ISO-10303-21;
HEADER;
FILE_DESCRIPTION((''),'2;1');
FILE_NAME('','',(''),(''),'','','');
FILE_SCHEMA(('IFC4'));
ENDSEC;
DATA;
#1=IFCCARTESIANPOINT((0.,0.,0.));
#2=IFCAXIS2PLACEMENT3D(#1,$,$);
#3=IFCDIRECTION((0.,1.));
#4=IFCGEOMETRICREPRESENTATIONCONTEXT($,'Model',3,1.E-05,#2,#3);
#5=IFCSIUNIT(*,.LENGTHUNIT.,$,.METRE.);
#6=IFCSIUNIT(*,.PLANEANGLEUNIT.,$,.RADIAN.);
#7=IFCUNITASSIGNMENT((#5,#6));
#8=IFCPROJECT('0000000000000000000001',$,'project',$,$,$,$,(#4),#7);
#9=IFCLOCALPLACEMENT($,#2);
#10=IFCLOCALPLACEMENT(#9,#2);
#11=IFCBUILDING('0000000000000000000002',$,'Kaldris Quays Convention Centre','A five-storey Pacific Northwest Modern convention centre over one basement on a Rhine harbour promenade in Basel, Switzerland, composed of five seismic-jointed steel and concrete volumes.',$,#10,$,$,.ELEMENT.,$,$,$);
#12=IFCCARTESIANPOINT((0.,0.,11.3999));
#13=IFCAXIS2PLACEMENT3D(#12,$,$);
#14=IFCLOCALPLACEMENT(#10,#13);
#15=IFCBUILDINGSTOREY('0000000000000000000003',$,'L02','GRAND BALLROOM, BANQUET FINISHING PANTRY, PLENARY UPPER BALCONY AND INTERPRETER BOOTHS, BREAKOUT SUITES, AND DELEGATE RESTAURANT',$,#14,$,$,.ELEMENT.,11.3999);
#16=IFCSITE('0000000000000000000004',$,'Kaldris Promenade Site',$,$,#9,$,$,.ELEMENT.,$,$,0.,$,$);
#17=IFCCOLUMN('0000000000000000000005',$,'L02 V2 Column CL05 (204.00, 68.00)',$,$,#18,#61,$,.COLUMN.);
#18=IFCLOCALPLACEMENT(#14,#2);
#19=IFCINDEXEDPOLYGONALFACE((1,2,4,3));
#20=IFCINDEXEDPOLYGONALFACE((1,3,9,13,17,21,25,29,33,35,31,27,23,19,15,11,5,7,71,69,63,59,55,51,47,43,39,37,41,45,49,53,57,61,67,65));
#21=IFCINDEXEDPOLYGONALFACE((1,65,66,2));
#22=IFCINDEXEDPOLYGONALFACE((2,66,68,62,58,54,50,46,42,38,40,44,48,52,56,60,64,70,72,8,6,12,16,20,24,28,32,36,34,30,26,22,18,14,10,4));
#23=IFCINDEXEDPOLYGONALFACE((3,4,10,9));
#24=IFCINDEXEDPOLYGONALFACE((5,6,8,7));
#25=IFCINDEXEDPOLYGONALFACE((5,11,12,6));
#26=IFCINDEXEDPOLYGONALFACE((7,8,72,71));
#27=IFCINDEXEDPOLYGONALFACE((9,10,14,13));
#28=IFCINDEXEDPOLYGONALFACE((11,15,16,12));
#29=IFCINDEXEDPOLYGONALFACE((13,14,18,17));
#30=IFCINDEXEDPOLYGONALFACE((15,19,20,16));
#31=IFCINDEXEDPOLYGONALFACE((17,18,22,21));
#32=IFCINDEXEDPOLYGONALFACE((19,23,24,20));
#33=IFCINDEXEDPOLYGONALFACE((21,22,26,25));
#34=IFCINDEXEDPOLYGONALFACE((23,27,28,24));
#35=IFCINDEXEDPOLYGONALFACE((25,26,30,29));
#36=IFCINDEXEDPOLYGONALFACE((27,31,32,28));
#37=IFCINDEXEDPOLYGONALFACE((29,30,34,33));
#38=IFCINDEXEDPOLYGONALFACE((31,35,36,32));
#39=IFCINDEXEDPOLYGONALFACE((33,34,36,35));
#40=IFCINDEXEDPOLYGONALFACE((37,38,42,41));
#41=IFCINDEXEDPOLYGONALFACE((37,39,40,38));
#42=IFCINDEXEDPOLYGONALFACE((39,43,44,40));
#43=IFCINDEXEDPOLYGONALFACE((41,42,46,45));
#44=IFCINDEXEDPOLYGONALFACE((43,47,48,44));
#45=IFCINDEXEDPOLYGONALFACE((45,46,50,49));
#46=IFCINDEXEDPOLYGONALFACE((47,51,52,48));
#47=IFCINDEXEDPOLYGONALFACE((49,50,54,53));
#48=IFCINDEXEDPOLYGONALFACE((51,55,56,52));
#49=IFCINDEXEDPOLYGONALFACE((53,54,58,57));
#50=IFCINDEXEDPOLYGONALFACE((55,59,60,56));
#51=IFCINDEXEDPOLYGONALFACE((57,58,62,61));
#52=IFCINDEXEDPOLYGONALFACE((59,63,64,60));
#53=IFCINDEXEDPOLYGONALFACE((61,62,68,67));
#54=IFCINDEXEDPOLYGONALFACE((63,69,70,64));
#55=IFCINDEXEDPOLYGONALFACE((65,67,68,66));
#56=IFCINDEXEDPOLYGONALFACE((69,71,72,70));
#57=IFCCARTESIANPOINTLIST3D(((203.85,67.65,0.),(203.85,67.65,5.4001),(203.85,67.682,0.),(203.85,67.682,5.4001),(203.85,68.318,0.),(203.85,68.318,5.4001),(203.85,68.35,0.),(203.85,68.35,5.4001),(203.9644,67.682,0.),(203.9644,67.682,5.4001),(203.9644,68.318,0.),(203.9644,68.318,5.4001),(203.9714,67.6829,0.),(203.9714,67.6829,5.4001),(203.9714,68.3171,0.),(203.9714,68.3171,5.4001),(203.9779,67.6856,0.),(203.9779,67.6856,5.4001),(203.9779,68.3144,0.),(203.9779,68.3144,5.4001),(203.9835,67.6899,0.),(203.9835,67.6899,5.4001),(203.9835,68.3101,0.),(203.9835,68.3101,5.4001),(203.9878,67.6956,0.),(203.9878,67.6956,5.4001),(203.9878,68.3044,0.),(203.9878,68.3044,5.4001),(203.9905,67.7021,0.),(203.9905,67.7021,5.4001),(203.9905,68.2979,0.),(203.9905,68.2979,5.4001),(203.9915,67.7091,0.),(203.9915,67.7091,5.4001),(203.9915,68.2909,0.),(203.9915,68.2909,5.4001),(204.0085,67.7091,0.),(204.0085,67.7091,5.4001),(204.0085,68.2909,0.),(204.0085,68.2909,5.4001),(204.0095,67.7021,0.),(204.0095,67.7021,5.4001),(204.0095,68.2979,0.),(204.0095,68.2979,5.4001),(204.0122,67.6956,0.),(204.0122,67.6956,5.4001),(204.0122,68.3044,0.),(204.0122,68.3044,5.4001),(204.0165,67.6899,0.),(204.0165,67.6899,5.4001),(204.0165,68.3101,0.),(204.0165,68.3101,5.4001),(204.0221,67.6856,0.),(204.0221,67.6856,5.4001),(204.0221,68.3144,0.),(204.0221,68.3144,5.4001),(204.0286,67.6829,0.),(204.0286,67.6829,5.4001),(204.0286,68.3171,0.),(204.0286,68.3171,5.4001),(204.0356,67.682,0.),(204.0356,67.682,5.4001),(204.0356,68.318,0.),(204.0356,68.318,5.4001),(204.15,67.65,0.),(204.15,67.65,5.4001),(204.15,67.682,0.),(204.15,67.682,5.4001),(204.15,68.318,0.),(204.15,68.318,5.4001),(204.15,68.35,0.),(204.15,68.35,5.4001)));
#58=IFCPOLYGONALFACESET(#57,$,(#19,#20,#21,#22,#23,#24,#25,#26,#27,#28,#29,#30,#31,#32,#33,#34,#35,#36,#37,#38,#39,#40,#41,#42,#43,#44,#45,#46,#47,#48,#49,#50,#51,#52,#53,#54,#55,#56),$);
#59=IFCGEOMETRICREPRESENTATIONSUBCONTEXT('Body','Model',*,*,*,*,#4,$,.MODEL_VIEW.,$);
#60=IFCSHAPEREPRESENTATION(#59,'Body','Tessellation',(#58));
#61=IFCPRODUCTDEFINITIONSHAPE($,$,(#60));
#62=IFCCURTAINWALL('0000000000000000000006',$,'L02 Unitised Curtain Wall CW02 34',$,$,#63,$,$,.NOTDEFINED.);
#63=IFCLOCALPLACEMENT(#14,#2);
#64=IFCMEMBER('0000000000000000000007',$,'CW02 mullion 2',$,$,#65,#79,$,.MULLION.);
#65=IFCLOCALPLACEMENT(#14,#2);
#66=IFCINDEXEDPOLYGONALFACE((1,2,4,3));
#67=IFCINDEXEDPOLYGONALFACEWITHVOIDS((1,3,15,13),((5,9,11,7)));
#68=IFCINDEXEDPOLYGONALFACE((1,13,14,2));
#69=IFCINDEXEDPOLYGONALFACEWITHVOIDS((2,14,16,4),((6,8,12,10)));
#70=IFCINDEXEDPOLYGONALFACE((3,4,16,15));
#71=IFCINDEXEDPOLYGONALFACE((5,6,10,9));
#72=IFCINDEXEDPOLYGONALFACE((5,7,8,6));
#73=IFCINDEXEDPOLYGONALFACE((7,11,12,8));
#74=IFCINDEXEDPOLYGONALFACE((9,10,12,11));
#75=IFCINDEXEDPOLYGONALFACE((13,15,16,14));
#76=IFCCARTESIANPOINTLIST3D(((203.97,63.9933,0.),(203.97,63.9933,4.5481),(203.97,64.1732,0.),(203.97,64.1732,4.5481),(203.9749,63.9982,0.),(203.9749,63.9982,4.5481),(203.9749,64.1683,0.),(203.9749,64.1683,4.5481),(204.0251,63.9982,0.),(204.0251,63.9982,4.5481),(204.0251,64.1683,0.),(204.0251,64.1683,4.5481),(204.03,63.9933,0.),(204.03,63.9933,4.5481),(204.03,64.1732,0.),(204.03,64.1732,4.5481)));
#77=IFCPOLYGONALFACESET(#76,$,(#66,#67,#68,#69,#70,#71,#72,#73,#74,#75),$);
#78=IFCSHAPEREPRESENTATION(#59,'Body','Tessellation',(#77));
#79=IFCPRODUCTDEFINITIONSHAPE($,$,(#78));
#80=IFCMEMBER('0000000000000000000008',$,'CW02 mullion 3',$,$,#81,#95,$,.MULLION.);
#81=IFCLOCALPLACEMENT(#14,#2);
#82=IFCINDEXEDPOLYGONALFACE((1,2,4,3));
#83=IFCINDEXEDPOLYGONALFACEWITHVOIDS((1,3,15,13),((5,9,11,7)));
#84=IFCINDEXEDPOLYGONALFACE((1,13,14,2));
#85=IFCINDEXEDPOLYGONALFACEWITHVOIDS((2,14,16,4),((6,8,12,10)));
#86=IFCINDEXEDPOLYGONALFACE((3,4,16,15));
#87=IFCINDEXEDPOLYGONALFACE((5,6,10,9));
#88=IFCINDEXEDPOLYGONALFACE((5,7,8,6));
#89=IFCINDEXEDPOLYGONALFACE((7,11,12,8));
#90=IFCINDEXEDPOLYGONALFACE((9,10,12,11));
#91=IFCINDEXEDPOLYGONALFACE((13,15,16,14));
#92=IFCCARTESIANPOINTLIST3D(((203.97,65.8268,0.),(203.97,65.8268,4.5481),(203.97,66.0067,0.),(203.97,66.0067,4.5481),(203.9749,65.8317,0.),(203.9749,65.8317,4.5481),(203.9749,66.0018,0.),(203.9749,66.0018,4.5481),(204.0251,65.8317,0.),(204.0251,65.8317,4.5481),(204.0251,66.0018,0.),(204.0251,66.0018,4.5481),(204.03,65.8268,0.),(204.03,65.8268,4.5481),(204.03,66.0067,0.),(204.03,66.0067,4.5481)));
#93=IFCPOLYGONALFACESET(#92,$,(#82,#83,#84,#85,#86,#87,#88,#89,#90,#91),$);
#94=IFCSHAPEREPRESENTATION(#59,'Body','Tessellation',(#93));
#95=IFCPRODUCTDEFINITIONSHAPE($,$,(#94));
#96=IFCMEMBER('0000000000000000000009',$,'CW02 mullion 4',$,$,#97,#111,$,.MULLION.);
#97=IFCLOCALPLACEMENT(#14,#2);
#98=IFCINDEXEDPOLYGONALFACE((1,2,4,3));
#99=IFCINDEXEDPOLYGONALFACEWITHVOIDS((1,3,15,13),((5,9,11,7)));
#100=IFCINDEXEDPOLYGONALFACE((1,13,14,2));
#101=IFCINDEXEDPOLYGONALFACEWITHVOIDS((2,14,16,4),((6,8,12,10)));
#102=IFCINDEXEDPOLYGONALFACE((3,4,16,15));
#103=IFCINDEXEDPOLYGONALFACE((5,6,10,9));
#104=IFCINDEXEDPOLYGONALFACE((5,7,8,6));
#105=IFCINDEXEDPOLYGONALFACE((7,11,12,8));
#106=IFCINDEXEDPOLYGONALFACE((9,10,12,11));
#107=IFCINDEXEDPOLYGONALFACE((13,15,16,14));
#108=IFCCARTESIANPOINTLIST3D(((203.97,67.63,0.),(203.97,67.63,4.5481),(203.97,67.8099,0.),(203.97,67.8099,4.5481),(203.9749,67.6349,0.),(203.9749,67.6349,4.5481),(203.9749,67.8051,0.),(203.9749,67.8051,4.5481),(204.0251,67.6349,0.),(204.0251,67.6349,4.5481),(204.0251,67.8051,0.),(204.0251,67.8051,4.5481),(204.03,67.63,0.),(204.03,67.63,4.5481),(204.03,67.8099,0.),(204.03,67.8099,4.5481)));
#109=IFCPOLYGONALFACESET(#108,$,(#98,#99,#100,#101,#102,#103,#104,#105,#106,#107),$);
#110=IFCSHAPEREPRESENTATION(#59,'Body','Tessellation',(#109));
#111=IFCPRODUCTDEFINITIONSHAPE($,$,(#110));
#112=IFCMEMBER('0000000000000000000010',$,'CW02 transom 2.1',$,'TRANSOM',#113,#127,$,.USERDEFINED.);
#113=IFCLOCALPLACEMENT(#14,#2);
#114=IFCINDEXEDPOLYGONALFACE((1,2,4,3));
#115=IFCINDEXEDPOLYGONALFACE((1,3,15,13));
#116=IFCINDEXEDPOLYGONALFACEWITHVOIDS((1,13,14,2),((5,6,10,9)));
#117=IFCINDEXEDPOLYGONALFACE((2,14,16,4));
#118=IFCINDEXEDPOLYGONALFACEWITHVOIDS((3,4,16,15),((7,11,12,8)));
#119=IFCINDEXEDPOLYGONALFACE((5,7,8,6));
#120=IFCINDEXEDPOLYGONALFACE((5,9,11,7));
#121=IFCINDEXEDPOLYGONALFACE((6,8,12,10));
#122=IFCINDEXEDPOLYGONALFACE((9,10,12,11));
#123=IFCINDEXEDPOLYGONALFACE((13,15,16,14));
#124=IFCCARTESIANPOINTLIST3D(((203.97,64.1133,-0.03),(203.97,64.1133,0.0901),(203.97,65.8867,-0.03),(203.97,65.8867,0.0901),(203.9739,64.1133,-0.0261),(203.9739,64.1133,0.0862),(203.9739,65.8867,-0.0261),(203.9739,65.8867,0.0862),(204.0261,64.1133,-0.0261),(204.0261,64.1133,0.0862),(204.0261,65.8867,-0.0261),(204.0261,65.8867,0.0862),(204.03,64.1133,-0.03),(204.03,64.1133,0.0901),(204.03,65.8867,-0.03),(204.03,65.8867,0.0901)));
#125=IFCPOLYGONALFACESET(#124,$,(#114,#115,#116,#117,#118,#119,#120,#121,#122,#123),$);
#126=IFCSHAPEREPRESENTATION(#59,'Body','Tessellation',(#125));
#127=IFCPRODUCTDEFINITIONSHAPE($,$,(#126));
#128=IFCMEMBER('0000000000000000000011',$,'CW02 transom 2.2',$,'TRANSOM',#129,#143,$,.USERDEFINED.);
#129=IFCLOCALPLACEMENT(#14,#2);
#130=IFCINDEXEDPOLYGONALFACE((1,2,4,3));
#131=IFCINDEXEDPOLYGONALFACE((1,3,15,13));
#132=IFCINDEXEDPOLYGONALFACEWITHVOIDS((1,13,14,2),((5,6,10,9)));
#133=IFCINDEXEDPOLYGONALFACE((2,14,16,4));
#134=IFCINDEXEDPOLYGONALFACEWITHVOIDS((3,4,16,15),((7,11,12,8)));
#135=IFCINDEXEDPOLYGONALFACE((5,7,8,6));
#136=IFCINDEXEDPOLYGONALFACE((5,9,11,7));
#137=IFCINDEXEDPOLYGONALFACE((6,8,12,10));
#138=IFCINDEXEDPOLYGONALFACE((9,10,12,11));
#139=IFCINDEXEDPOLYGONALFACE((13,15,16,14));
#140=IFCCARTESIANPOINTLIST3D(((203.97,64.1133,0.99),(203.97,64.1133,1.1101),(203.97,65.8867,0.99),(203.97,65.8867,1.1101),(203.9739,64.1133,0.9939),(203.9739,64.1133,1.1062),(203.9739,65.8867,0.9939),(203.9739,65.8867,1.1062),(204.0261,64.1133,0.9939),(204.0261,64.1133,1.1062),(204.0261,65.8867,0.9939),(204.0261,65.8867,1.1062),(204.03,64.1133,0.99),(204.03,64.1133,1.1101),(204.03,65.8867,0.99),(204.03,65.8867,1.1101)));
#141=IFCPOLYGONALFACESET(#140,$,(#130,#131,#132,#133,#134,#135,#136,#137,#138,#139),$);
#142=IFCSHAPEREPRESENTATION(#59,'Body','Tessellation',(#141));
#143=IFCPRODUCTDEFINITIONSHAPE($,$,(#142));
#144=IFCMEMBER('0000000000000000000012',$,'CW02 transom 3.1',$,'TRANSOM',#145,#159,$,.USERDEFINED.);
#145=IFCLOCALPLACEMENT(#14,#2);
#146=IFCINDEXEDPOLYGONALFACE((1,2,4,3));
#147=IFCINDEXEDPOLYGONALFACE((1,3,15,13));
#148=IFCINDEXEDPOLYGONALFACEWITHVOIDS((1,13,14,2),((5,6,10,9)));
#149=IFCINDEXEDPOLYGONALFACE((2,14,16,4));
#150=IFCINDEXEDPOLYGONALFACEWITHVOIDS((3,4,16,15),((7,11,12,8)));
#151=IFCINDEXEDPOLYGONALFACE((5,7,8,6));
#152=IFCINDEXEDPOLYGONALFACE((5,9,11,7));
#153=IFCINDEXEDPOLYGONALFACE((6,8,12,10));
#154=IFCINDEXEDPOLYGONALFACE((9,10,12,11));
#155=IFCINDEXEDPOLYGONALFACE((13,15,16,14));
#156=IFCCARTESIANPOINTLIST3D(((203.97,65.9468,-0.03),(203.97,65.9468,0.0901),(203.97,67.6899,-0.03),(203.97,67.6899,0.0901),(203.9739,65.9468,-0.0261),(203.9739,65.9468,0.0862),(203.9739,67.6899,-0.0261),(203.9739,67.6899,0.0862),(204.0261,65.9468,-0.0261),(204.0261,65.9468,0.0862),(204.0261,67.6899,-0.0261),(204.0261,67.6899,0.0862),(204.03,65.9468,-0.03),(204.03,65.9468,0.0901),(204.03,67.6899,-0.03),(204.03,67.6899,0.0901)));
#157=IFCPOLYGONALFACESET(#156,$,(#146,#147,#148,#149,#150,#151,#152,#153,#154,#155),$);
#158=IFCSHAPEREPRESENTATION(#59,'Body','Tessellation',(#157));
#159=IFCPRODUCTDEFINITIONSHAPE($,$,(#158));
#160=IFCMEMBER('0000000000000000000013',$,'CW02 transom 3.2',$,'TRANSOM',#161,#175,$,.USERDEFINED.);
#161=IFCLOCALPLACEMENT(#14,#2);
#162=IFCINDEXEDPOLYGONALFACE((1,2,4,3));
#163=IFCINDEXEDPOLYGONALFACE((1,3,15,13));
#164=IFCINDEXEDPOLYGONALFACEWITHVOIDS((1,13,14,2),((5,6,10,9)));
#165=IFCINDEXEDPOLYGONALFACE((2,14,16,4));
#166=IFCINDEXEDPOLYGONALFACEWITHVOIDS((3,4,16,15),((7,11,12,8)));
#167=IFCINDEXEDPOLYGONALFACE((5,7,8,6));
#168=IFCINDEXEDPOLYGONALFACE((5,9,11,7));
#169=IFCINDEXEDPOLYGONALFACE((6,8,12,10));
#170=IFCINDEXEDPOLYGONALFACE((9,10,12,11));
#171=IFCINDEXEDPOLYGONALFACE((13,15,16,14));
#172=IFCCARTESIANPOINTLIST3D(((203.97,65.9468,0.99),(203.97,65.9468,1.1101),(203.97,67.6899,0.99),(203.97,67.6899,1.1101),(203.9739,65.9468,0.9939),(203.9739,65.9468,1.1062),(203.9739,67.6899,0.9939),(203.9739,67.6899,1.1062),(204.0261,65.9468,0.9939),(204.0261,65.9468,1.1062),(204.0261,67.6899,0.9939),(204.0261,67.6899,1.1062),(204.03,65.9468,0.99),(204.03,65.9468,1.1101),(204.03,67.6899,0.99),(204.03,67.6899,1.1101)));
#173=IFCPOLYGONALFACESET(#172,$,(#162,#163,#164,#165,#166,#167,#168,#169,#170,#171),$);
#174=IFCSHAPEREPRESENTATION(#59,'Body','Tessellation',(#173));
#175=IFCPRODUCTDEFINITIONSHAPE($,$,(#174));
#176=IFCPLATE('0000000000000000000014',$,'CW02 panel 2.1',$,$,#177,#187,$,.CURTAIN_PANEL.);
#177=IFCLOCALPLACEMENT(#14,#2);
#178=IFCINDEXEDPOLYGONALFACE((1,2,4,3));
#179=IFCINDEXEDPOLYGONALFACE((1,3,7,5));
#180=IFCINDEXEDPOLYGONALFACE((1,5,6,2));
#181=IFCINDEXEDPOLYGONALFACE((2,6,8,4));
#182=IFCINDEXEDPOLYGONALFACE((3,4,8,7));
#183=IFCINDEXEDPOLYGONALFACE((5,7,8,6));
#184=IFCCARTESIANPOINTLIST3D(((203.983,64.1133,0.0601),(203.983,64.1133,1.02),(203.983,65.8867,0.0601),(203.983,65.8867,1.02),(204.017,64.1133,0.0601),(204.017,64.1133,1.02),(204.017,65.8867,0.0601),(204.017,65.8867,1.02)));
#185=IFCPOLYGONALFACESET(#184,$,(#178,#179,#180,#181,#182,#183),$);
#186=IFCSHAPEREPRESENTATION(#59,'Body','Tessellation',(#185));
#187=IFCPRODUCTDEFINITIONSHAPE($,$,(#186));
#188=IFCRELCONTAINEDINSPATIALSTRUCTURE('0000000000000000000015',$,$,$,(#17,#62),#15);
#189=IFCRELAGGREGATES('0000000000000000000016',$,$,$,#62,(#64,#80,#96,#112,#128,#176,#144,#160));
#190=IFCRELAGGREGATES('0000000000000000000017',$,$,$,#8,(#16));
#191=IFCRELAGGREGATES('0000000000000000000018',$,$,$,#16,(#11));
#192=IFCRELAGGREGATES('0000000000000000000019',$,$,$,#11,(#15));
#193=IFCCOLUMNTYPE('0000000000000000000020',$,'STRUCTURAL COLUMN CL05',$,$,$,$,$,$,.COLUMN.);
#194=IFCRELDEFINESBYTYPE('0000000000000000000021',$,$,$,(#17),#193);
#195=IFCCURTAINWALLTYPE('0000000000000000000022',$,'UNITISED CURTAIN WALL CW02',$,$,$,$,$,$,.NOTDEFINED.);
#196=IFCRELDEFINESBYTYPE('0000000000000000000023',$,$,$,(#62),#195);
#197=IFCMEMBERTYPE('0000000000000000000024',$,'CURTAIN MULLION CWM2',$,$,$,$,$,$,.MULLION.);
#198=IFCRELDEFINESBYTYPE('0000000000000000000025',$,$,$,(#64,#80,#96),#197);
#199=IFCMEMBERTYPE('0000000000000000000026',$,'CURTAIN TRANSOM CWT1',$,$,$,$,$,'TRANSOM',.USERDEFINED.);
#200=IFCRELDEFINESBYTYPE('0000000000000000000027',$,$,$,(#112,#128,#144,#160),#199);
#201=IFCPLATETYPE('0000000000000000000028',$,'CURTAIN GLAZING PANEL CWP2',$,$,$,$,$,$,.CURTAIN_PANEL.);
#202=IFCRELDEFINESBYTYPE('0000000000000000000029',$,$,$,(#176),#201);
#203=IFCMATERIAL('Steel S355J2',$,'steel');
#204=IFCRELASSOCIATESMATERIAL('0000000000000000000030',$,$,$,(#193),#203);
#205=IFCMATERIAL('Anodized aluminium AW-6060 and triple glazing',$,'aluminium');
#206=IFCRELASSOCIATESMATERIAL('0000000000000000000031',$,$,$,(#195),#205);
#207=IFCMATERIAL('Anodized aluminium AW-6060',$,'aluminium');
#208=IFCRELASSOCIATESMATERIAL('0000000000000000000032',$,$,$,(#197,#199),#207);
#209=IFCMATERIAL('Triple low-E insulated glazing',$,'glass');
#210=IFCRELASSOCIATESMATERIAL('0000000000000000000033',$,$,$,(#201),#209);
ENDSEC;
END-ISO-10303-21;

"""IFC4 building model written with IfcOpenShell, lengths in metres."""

from ifc_helpers import new_model, si_unit, direction, frame, origin, origin_2d, place, context, subcontext, project, spatial, rectangle, hollow_rectangle, i_section, extrude, material, material_profile, profile_set, type_object, element, aggregate, save


model = new_model("IFC4")

# Units and contexts
model_context = context("Model", 3, precision=1e-05, world=origin(), true_north=direction((0.0, 1.0)))
body_context = subcontext(model_context, "Body", "Model", "MODEL_VIEW")
ifc_project = project(units=[si_unit("LENGTHUNIT", "METRE"), si_unit("PLANEANGLEUNIT", "RADIAN")], contexts=[model_context])

# Site, building, storey
site_placement = place(None, origin())
site = spatial("IfcSite", under=ifc_project, at=site_placement, Name="Kaldris Promenade Site", CompositionType="ELEMENT", RefElevation=0.0)
building_placement = place(site_placement, origin())
building = spatial("IfcBuilding", under=site, at=building_placement, Name="Kaldris Quays Convention Centre", Description="A five-storey Pacific Northwest Modern convention centre over one basement on a Rhine harbour promenade in Basel, Switzerland, composed of five seismic-jointed steel and concrete volumes.", CompositionType="ELEMENT")
storey_placement = place(building_placement, frame((0.0, 0.0, 11.3999)))
storey = spatial("IfcBuildingStorey", under=building, at=storey_placement, Name="L02", Description="GRAND BALLROOM, BANQUET FINISHING PANTRY, PLENARY UPPER BALCONY AND INTERPRETER BOOTHS, BREAKOUT SUITES, AND DELEGATE RESTAURANT", CompositionType="ELEMENT", Elevation=11.3999)

# Column
ifc_material_1 = material(Name="Steel S355J2", Category="steel")
ifc_material_profile_1 = material_profile(ifc_material_1, i_section(OverallWidth=0.3, OverallDepth=0.7, WebThickness=0.0171, FlangeThickness=0.032, FilletRadius=0.0271, at=origin_2d()), Name="HEB 700")
ifc_profile_set_1 = profile_set([ifc_material_profile_1], Name="Steel S355J2")
column_type = type_object("IfcColumnType", Name="STRUCTURAL COLUMN CL05", PredefinedType="COLUMN", material=ifc_profile_set_1)
column_placement = place(storey_placement, frame((204.0, 68.0, 0.0), z_axis=(0.0, 0.0, 1.0), x_axis=(1.0, 0.0, 0.0)))
element("IfcColumn", 1, at=column_placement, inside=storey, type_object=column_type, Name="L02 V2 Column CL05 (204.00, 68.00)", PredefinedType="COLUMN", context=body_context, shape_type="SweptSolid", body=[
    extrude(i_section(OverallWidth=0.3, OverallDepth=0.7, WebThickness=0.0171, FlangeThickness=0.032, FilletRadius=0.0271, at=origin_2d()), origin(), (0.0, 0.0, 1.0), 5.4001),
])

# Curtain wall, members, plate
ifc_material_2 = material(Name="Anodized aluminium AW-6060 and triple glazing", Category="aluminium")
curtain_wall_type = type_object("IfcCurtainWallType", Name="UNITISED CURTAIN WALL CW02", PredefinedType="NOTDEFINED", material=ifc_material_2)
curtain_wall_placement = place(storey_placement, origin())
curtain_wall = element("IfcCurtainWall", 2, at=curtain_wall_placement, inside=storey, type_object=curtain_wall_type, Name="L02 Unitised Curtain Wall CW02 34", PredefinedType="NOTDEFINED")
ifc_material_3 = material(Name="Anodized aluminium AW-6060", Category="aluminium")
ifc_material_profile_2 = material_profile(ifc_material_3, hollow_rectangle(XDim=0.0601, YDim=0.1799, WallThickness=0.0049, at=origin_2d()), Name="RHS 180x60x5")
ifc_profile_set_2 = profile_set([ifc_material_profile_2], Name="Anodized aluminium AW-6060")
member_type_1 = type_object("IfcMemberType", Name="CURTAIN MULLION CWM2", PredefinedType="MULLION", material=ifc_profile_set_2)
member_1_placement = place(storey_placement, frame((204.0, 64.0833, 0.0), z_axis=(0.0, 0.0, 1.0), x_axis=(-1.0, 0.0, 0.0)))
member_1 = element("IfcMember", 3, at=member_1_placement, type_object=member_type_1, Name="CW02 mullion 2", PredefinedType="MULLION", context=body_context, shape_type="SweptSolid", body=[
    extrude(hollow_rectangle(XDim=0.0601, YDim=0.1799, WallThickness=0.0049, at=origin_2d()), origin(), (0.0, 0.0, 1.0), 4.5481),
])
member_2_placement = place(storey_placement, frame((204.0, 65.9167, 0.0), z_axis=(0.0, 0.0, 1.0), x_axis=(-1.0, 0.0, 0.0)))
member_2 = element("IfcMember", 4, at=member_2_placement, type_object=member_type_1, Name="CW02 mullion 3", PredefinedType="MULLION", context=body_context, shape_type="SweptSolid", body=[
    extrude(hollow_rectangle(XDim=0.0601, YDim=0.1799, WallThickness=0.0049, at=origin_2d()), origin(), (0.0, 0.0, 1.0), 4.5481),
])
member_3_placement = place(storey_placement, frame((204.0, 67.72, 0.0), z_axis=(0.0, 0.0, 1.0), x_axis=(-1.0, 0.0, 0.0)))
member_3 = element("IfcMember", 5, at=member_3_placement, type_object=member_type_1, Name="CW02 mullion 4", PredefinedType="MULLION", context=body_context, shape_type="SweptSolid", body=[
    extrude(hollow_rectangle(XDim=0.0601, YDim=0.1799, WallThickness=0.0049, at=origin_2d()), origin(), (0.0, 0.0, 1.0), 4.5481),
])
ifc_material_profile_3 = material_profile(ifc_material_3, hollow_rectangle(XDim=0.0601, YDim=0.1201, WallThickness=0.0039, at=origin_2d()), Name="RHS 120x60x4")
ifc_profile_set_3 = profile_set([ifc_material_profile_3], Name="Anodized aluminium AW-6060")
member_type_2 = type_object("IfcMemberType", Name="CURTAIN TRANSOM CWT1", ElementType="TRANSOM", PredefinedType="USERDEFINED", material=ifc_profile_set_3)
member_4_placement = place(storey_placement, frame((204.0, 64.1133, 0.03), z_axis=(0.0, 1.0, 0.0), x_axis=(-1.0, 0.0, 0.0)))
member_4 = element("IfcMember", 6, at=member_4_placement, type_object=member_type_2, Name="CW02 transom 2.1", ObjectType="TRANSOM", PredefinedType="USERDEFINED", context=body_context, shape_type="SweptSolid", body=[
    extrude(hollow_rectangle(XDim=0.0601, YDim=0.1201, WallThickness=0.0039, at=origin_2d()), origin(), (0.0, 0.0, 1.0), 1.7734),
])
member_5_placement = place(storey_placement, frame((204.0, 64.1133, 1.05), z_axis=(0.0, 1.0, 0.0), x_axis=(-1.0, 0.0, 0.0)))
member_5 = element("IfcMember", 7, at=member_5_placement, type_object=member_type_2, Name="CW02 transom 2.2", ObjectType="TRANSOM", PredefinedType="USERDEFINED", context=body_context, shape_type="SweptSolid", body=[
    extrude(hollow_rectangle(XDim=0.0601, YDim=0.1201, WallThickness=0.0039, at=origin_2d()), origin(), (0.0, 0.0, 1.0), 1.7734),
])
member_6_placement = place(storey_placement, frame((204.0, 65.9468, 0.03), z_axis=(0.0, 1.0, 0.0), x_axis=(-1.0, 0.0, 0.0)))
member_6 = element("IfcMember", 8, at=member_6_placement, type_object=member_type_2, Name="CW02 transom 3.1", ObjectType="TRANSOM", PredefinedType="USERDEFINED", context=body_context, shape_type="SweptSolid", body=[
    extrude(hollow_rectangle(XDim=0.0601, YDim=0.1201, WallThickness=0.0039, at=origin_2d()), origin(), (0.0, 0.0, 1.0), 1.7432),
])
member_7_placement = place(storey_placement, frame((204.0, 65.9468, 1.05), z_axis=(0.0, 1.0, 0.0), x_axis=(-1.0, 0.0, 0.0)))
member_7 = element("IfcMember", 9, at=member_7_placement, type_object=member_type_2, Name="CW02 transom 3.2", ObjectType="TRANSOM", PredefinedType="USERDEFINED", context=body_context, shape_type="SweptSolid", body=[
    extrude(hollow_rectangle(XDim=0.0601, YDim=0.1201, WallThickness=0.0039, at=origin_2d()), origin(), (0.0, 0.0, 1.0), 1.7432),
])
ifc_material_4 = material(Name="Triple low-E insulated glazing", Category="glass")
plate_type = type_object("IfcPlateType", Name="CURTAIN GLAZING PANEL CWP2", PredefinedType="CURTAIN_PANEL", material=ifc_material_4)
plate_1_placement = place(storey_placement, frame((204.0, 65.0, 0.0601), z_axis=(0.0, 0.0, 1.0), x_axis=(0.0, 1.0, 0.0)))
plate_1 = element("IfcPlate", 10, at=plate_1_placement, type_object=plate_type, Name="CW02 panel 2.1", PredefinedType="CURTAIN_PANEL", context=body_context, shape_type="SweptSolid", body=[
    extrude(rectangle(XDim=1.7734, YDim=0.0339, at=origin_2d()), origin(), (0.0, 0.0, 1.0), 0.96),
])
aggregate(curtain_wall, [member_1, member_2, member_3, member_4, member_5, plate_1, member_6, member_7])

save(model, "model.ifc")
